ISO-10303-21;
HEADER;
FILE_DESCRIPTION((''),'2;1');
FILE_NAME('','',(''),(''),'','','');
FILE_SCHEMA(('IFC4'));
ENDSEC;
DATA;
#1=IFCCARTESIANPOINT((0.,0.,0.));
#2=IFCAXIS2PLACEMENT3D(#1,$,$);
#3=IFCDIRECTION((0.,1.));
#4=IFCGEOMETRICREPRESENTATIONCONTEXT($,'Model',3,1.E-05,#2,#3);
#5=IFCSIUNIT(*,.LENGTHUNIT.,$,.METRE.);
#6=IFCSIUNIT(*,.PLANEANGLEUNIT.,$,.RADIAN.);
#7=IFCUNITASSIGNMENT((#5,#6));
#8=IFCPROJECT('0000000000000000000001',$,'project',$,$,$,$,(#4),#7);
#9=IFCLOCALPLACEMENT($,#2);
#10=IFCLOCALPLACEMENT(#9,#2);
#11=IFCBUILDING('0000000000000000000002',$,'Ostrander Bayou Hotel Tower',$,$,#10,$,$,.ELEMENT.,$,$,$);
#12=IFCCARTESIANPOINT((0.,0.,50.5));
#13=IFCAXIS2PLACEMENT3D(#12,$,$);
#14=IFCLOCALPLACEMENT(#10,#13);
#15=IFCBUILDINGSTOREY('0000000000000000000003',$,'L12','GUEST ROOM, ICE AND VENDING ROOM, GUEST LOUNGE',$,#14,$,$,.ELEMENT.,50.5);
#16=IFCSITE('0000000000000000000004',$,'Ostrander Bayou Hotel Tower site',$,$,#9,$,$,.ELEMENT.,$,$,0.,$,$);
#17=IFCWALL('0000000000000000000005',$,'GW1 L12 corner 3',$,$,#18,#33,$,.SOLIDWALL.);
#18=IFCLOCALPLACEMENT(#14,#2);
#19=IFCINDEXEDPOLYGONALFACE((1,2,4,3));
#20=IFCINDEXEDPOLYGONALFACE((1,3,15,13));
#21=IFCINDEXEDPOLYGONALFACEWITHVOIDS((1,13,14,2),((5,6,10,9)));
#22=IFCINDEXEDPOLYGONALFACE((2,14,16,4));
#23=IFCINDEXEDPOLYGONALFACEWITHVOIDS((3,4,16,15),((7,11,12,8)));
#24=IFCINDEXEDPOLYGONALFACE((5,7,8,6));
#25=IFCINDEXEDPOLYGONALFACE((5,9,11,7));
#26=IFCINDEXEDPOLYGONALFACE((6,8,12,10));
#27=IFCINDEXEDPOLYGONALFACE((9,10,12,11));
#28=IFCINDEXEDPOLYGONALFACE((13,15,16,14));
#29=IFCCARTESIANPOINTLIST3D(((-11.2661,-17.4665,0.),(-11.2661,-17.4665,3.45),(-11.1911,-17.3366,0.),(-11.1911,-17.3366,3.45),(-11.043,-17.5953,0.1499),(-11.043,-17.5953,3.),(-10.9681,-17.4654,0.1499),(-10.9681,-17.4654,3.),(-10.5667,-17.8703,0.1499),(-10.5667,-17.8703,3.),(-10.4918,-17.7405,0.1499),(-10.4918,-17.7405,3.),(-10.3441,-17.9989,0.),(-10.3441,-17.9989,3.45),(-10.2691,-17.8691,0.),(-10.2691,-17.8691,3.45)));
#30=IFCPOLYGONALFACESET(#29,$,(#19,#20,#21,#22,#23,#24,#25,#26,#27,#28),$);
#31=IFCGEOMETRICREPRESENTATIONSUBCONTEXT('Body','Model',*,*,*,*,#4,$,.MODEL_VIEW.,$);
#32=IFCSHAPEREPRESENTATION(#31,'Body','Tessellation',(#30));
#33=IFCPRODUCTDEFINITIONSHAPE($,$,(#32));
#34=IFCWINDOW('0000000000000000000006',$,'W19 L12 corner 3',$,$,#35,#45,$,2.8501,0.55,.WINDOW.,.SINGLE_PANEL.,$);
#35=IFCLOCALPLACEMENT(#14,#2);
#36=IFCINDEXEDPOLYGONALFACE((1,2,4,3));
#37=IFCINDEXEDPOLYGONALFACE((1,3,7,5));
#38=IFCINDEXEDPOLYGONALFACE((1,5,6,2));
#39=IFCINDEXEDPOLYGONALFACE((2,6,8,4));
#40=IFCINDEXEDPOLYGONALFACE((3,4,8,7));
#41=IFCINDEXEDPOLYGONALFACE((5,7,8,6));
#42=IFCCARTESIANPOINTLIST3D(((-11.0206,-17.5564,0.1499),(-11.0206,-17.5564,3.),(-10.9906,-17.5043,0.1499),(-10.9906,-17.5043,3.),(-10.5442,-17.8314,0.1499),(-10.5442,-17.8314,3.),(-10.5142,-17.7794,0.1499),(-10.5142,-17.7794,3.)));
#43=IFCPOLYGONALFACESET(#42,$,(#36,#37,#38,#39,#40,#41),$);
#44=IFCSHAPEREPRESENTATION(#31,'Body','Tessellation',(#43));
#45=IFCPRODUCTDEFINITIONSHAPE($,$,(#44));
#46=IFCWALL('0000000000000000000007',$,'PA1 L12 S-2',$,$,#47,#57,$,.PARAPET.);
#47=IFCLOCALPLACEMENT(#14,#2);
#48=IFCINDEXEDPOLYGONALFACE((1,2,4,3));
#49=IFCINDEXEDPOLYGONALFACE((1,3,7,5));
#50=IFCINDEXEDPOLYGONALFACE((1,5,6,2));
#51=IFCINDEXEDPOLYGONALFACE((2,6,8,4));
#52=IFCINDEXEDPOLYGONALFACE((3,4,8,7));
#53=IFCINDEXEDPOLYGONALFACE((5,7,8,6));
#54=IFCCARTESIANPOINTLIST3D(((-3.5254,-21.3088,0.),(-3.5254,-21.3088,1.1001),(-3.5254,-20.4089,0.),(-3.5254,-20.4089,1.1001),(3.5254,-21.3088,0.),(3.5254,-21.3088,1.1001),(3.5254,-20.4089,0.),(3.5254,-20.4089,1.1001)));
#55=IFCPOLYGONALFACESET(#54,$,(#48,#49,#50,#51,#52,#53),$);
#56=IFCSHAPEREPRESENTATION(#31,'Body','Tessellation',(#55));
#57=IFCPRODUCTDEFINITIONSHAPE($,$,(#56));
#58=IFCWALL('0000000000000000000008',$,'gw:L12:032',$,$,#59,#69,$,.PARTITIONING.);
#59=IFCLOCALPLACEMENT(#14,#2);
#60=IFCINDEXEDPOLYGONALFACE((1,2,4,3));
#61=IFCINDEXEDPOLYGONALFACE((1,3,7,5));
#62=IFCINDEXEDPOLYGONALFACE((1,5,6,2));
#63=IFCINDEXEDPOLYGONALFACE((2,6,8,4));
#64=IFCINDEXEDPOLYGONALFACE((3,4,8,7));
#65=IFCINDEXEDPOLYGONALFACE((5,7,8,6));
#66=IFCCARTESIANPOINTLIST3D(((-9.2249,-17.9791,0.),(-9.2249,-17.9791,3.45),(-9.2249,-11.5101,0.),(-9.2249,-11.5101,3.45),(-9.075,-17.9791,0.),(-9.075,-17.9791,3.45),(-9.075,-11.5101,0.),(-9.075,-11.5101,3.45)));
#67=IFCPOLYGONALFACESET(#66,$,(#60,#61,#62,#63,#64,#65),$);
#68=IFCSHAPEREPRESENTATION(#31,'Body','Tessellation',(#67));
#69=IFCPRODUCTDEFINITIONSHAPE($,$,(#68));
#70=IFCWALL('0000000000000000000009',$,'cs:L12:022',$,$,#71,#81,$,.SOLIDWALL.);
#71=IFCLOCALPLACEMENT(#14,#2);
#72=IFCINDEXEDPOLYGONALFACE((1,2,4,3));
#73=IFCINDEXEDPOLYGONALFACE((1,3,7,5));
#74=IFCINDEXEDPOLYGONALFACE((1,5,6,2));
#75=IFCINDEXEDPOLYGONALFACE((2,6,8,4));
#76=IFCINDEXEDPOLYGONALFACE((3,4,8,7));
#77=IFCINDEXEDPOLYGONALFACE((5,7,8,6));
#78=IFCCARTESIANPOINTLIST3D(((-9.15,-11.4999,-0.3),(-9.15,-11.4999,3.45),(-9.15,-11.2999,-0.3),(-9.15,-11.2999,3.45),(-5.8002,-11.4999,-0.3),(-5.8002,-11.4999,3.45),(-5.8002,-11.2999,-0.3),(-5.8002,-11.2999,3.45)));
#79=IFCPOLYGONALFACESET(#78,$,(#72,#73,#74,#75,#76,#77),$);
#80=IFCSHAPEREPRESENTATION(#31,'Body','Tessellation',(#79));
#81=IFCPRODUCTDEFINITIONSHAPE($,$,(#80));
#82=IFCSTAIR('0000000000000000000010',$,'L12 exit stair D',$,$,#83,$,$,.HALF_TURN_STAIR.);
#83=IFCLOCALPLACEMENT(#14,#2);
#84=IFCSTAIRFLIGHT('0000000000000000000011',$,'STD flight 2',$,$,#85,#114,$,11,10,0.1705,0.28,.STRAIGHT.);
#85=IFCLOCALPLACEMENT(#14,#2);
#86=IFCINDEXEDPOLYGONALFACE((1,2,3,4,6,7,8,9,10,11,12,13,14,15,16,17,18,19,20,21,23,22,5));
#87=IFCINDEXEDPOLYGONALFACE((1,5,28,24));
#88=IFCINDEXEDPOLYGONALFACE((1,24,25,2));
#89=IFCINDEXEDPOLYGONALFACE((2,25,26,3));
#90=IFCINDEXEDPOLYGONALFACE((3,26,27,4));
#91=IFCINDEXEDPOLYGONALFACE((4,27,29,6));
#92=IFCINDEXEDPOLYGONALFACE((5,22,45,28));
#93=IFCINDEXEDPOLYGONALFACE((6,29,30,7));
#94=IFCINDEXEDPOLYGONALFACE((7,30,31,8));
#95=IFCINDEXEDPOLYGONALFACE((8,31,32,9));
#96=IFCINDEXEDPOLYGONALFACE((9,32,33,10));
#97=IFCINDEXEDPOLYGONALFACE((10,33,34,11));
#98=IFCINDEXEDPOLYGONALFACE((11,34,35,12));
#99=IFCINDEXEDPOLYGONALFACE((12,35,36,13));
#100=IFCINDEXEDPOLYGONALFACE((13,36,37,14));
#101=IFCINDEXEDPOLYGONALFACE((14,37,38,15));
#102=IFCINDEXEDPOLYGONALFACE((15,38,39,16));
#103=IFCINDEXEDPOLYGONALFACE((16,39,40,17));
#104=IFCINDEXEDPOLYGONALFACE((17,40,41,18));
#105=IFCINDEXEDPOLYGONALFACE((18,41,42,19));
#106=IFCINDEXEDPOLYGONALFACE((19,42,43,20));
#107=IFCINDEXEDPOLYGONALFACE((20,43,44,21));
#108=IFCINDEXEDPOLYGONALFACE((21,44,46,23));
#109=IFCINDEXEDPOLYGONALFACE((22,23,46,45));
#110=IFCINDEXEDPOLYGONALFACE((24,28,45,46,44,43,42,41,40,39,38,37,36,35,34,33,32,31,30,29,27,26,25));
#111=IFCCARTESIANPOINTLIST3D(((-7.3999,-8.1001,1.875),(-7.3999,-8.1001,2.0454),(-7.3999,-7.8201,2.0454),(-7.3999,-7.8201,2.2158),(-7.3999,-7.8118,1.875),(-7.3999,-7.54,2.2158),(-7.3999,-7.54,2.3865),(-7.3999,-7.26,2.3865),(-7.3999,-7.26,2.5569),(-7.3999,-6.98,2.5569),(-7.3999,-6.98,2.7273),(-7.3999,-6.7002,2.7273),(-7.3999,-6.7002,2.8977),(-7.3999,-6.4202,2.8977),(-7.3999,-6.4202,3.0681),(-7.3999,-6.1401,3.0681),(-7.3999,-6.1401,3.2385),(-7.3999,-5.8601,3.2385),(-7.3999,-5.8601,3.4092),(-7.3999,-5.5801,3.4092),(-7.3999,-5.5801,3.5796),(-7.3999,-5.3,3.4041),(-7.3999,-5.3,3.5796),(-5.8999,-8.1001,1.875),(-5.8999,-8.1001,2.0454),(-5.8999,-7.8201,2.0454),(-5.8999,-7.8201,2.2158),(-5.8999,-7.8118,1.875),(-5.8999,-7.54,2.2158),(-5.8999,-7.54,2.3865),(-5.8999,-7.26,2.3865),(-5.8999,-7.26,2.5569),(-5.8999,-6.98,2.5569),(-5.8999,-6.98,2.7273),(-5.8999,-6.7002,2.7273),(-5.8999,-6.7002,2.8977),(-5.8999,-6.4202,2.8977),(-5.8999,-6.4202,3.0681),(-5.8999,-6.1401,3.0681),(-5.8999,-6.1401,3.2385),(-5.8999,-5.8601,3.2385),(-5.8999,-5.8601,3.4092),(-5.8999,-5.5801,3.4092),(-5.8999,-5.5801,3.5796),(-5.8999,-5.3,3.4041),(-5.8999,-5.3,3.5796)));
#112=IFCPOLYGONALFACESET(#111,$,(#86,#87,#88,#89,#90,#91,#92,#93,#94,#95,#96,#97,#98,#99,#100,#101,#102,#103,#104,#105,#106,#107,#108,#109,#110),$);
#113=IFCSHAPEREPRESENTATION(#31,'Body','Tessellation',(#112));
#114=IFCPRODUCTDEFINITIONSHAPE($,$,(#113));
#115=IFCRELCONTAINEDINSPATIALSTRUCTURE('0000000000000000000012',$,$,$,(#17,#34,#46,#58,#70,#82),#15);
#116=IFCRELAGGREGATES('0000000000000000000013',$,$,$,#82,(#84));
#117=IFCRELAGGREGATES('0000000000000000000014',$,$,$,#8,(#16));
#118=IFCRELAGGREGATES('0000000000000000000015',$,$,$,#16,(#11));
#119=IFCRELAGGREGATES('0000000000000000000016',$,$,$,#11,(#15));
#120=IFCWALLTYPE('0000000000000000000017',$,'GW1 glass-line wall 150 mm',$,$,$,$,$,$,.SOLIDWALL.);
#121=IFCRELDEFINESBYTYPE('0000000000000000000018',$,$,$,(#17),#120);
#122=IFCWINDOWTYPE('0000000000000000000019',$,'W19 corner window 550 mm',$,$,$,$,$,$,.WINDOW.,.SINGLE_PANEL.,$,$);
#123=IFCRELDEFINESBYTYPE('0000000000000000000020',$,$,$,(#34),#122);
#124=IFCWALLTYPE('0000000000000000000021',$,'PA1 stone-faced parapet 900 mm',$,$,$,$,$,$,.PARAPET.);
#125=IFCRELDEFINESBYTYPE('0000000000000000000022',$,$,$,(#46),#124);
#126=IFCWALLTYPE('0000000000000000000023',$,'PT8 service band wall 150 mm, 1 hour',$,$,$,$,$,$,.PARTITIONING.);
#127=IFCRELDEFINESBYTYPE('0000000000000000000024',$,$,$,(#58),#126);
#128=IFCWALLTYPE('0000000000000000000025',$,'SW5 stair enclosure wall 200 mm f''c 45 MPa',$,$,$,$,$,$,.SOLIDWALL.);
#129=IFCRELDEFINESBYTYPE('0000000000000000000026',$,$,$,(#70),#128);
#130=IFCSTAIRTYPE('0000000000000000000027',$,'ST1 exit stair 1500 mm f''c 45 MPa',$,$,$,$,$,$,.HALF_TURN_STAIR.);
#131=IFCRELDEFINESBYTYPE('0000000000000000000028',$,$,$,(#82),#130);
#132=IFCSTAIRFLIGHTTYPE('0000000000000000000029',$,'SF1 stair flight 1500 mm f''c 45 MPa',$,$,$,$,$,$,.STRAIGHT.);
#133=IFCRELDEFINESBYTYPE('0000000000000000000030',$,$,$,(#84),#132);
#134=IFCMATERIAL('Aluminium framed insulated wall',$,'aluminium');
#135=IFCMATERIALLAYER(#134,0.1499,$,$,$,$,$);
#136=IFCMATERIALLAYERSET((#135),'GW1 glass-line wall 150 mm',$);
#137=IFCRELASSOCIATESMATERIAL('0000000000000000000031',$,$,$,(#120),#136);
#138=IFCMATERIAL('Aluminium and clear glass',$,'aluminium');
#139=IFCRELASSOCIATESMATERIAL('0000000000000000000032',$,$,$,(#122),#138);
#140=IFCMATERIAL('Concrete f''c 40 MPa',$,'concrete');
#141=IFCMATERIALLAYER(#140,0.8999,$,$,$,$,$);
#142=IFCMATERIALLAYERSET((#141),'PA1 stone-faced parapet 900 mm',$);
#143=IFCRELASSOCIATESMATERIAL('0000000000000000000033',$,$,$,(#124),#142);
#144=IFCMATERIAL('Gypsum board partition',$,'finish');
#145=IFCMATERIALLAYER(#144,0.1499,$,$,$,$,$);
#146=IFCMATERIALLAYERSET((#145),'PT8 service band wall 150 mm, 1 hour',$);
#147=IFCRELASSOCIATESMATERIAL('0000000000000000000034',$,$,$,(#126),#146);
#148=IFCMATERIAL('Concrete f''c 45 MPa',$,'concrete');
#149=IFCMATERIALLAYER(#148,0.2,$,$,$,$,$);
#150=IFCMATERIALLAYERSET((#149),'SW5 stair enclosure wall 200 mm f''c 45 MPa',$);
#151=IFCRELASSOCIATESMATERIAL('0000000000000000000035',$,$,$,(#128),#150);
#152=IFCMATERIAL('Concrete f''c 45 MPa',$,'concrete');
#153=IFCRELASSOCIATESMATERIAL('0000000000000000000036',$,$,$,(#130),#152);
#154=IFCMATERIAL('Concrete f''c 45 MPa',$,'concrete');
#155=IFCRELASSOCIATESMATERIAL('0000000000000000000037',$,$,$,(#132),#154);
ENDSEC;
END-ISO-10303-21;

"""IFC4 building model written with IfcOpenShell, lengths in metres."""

from ifc_helpers import new_model, si_unit, direction, frame, frame_2d, origin, place, context, subcontext, project, spatial, polyline, rectangle, outline, extrude, material, layer, layer_set, type_object, element, fill, aggregate, save


model = new_model("IFC4")

# Units and contexts
model_context = context("Model", 3, precision=1e-05, world=origin(), true_north=direction((0.0, 1.0)))
body_context = subcontext(model_context, "Body", "Model", "MODEL_VIEW")
ifc_project = project(units=[si_unit("LENGTHUNIT", "METRE"), si_unit("PLANEANGLEUNIT", "RADIAN")], contexts=[model_context])

# Site, building, storey
site_placement = place(None, origin())
site = spatial("IfcSite", under=ifc_project, at=site_placement, Name="Ostrander Bayou Hotel Tower site", CompositionType="ELEMENT", RefElevation=0.0)
building_placement = place(site_placement, origin())
building = spatial("IfcBuilding", under=site, at=building_placement, Name="Ostrander Bayou Hotel Tower", CompositionType="ELEMENT")
storey_placement = place(building_placement, frame((0.0, 0.0, 50.5)))
storey = spatial("IfcBuildingStorey", under=building, at=storey_placement, Name="L12", Description="GUEST ROOM, ICE AND VENDING ROOM, GUEST LOUNGE", CompositionType="ELEMENT", Elevation=50.5)

# Shared definitions
ifc_material_1 = material(Name="Aluminium framed insulated wall", Category="aluminium")
ifc_layer_1 = layer(ifc_material_1, 0.1499)
ifc_layer_set_1 = layer_set([ifc_layer_1], Name="GW1 glass-line wall 150 mm")
wall_type_1 = type_object("IfcWallType", Name="GW1 glass-line wall 150 mm", PredefinedType="SOLIDWALL", material=ifc_layer_set_1)

# Wall, opening, window
wall_1_placement = place(storey_placement, frame((-11.2285, -17.4016, 0.0), z_axis=(0.0, 0.0, 1.0), x_axis=(0.865991, -0.50006, 0.0)))
wall_1 = element("IfcWall", 1, at=wall_1_placement, inside=storey, type_object=wall_type_1, Name="GW1 L12 corner 3", PredefinedType="SOLIDWALL", context=body_context, shape_type="SweptSolid", body=[
    extrude(rectangle(XDim=1.0647, YDim=0.1499, at=frame_2d((0.5322, 0.0))), origin(), (0.0, 0.0, 1.0), 3.45),
])
opening_1_placement = place(wall_1_placement, frame((0.2576, 0.0, 0.1499)))
opening_1 = element("IfcOpeningElement", 2, at=opening_1_placement, cuts=wall_1, PredefinedType="OPENING", context=body_context, shape_type="SweptSolid", body=[
    extrude(rectangle(XDim=0.55, YDim=2.8501, at=frame_2d((0.2749, 1.425))), frame((0.0, 0.075, 0.0), z_axis=(0.0, -1.0, 0.0), x_axis=(1.0, 0.0, 0.0)), (0.0, 0.0, 1.0), 0.1499),
])
ifc_material_2 = material(Name="Aluminium and clear glass", Category="aluminium")
window_type_1 = type_object("IfcWindowType", Name="W19 corner window 550 mm", PartitioningType="SINGLE_PANEL", PredefinedType="WINDOW", material=ifc_material_2)
window_1_placement = place(opening_1_placement, origin())
window_1 = element("IfcWindow", 3, at=window_1_placement, inside=storey, type_object=window_type_1, Name="W19 L12 corner 3", OverallHeight=2.8501, OverallWidth=0.55, PartitioningType="SINGLE_PANEL", PredefinedType="WINDOW", context=body_context, shape_type="SweptSolid", body=[
    extrude(rectangle(XDim=0.55, YDim=2.8501, at=frame_2d((0.2749, 1.425))), frame((0.0, 0.03, 0.0), z_axis=(0.0, -1.0, 0.0), x_axis=(1.0, 0.0, 0.0)), (0.0, 0.0, 1.0), 0.0601),
])
fill(opening_1, window_1)

# Walls
ifc_material_3 = material(Name="Concrete f'c 40 MPa", Category="concrete")
ifc_layer_2 = layer(ifc_material_3, 0.8999)
ifc_layer_set_2 = layer_set([ifc_layer_2], Name="PA1 stone-faced parapet 900 mm")
wall_type_2 = type_object("IfcWallType", Name="PA1 stone-faced parapet 900 mm", PredefinedType="PARAPET", material=ifc_layer_set_2)
wall_2_placement = place(storey_placement, frame((-3.5254, -20.8589, 0.0), z_axis=(0.0, 0.0, 1.0), x_axis=(1.0, 0.0, 0.0)))
element("IfcWall", 4, at=wall_2_placement, inside=storey, type_object=wall_type_2, Name="PA1 L12 S-2", PredefinedType="PARAPET", context=body_context, shape_type="SweptSolid", body=[
    extrude(rectangle(XDim=7.0508, YDim=0.8999, at=frame_2d((3.5254, 0.0))), origin(), (0.0, 0.0, 1.0), 1.1001),
])
ifc_material_4 = material(Name="Gypsum board partition", Category="finish")
ifc_layer_3 = layer(ifc_material_4, 0.1499)
ifc_layer_set_3 = layer_set([ifc_layer_3], Name="PT8 service band wall 150 mm, 1 hour")
wall_type_3 = type_object("IfcWallType", Name="PT8 service band wall 150 mm, 1 hour", PredefinedType="PARTITIONING", material=ifc_layer_set_3)
wall_3_placement = place(storey_placement, frame((-9.1499, -17.979, 0.0), z_axis=(0.0, 0.0, 1.0), x_axis=(0.0, 1.0, 0.0)))
element("IfcWall", 5, at=wall_3_placement, inside=storey, type_object=wall_type_3, Name="gw:L12:032", PredefinedType="PARTITIONING", context=body_context, shape_type="SweptSolid", body=[
    extrude(rectangle(XDim=6.469, YDim=0.1499, at=frame_2d((3.2344, 0.0))), origin(), (0.0, 0.0, 1.0), 3.45),
])
ifc_material_5 = material(Name="Concrete f'c 45 MPa", Category="concrete")
ifc_layer_4 = layer(ifc_material_5, 0.2)
ifc_layer_set_4 = layer_set([ifc_layer_4], Name="SW5 stair enclosure wall 200 mm f'c 45 MPa")
wall_type_4 = type_object("IfcWallType", Name="SW5 stair enclosure wall 200 mm f'c 45 MPa", PredefinedType="SOLIDWALL", material=ifc_layer_set_4)
wall_4_placement = place(storey_placement, frame((-9.1499, -11.3999, -0.3), z_axis=(0.0, 0.0, 1.0), x_axis=(1.0, 0.0, 0.0)))
element("IfcWall", 6, at=wall_4_placement, inside=storey, type_object=wall_type_4, Name="cs:L12:022", PredefinedType="SOLIDWALL", context=body_context, shape_type="SweptSolid", body=[
    extrude(rectangle(XDim=3.3499, YDim=0.2, at=frame_2d((1.6748, 0.0))), origin(), (0.0, 0.0, 1.0), 3.75),
])

# Stair, stair flight
ifc_material_6 = material(Name="Concrete f'c 45 MPa", Category="concrete")
stair_type = type_object("IfcStairType", Name="ST1 exit stair 1500 mm f'c 45 MPa", PredefinedType="HALF_TURN_STAIR", material=ifc_material_6)
stair_placement = place(storey_placement, origin())
stair = element("IfcStair", 7, at=stair_placement, inside=storey, type_object=stair_type, Name="L12 exit stair D", PredefinedType="HALF_TURN_STAIR")
ifc_material_7 = material(Name="Concrete f'c 45 MPa", Category="concrete")
stair_flight_type = type_object("IfcStairFlightType", Name="SF1 stair flight 1500 mm f'c 45 MPa", PredefinedType="STRAIGHT", material=ifc_material_7)
stair_flight_placement = place(storey_placement, frame((-6.6499, -8.1001, 1.875), z_axis=(0.0, 0.0, 1.0), x_axis=(0.0, 1.0, 0.0)))
stair_flight = element("IfcStairFlight", 8, at=stair_flight_placement, type_object=stair_flight_type, Name="STD flight 2", NumberOfRisers=11, NumberOfTreads=10, PredefinedType="STRAIGHT", RiserHeight=0.1705, TreadLength=0.28, context=body_context, shape_type="SweptSolid", body=[
    extrude(outline(polyline([(0.0, 0.0), (0.0, 0.1704), (0.28, 0.1704), (0.28, 0.3408), (0.5601, 0.3408), (0.5601, 0.5115), (0.8401, 0.5115), (0.8401, 0.6819), (1.1201, 0.6819), (1.1201, 0.8523), (1.3999, 0.8523), (1.3999, 1.0227), (1.6799, 1.0227), (1.6799, 1.1931), (1.96, 1.1931), (1.96, 1.3635), (2.24, 1.3635), (2.24, 1.5342), (2.52, 1.5342), (2.52, 1.7046), (2.8, 1.7046), (2.8, 1.875), (2.8, 1.5291), (0.2883, 0.0), (0.0, 0.0)])), frame((0.0, 0.75, 0.0), z_axis=(0.0, -1.0, 0.0), x_axis=(1.0, 0.0, 0.0)), (0.0, 0.0, 1.0), 1.5),
])
aggregate(stair, [stair_flight])

save(model, "model.ifc")
